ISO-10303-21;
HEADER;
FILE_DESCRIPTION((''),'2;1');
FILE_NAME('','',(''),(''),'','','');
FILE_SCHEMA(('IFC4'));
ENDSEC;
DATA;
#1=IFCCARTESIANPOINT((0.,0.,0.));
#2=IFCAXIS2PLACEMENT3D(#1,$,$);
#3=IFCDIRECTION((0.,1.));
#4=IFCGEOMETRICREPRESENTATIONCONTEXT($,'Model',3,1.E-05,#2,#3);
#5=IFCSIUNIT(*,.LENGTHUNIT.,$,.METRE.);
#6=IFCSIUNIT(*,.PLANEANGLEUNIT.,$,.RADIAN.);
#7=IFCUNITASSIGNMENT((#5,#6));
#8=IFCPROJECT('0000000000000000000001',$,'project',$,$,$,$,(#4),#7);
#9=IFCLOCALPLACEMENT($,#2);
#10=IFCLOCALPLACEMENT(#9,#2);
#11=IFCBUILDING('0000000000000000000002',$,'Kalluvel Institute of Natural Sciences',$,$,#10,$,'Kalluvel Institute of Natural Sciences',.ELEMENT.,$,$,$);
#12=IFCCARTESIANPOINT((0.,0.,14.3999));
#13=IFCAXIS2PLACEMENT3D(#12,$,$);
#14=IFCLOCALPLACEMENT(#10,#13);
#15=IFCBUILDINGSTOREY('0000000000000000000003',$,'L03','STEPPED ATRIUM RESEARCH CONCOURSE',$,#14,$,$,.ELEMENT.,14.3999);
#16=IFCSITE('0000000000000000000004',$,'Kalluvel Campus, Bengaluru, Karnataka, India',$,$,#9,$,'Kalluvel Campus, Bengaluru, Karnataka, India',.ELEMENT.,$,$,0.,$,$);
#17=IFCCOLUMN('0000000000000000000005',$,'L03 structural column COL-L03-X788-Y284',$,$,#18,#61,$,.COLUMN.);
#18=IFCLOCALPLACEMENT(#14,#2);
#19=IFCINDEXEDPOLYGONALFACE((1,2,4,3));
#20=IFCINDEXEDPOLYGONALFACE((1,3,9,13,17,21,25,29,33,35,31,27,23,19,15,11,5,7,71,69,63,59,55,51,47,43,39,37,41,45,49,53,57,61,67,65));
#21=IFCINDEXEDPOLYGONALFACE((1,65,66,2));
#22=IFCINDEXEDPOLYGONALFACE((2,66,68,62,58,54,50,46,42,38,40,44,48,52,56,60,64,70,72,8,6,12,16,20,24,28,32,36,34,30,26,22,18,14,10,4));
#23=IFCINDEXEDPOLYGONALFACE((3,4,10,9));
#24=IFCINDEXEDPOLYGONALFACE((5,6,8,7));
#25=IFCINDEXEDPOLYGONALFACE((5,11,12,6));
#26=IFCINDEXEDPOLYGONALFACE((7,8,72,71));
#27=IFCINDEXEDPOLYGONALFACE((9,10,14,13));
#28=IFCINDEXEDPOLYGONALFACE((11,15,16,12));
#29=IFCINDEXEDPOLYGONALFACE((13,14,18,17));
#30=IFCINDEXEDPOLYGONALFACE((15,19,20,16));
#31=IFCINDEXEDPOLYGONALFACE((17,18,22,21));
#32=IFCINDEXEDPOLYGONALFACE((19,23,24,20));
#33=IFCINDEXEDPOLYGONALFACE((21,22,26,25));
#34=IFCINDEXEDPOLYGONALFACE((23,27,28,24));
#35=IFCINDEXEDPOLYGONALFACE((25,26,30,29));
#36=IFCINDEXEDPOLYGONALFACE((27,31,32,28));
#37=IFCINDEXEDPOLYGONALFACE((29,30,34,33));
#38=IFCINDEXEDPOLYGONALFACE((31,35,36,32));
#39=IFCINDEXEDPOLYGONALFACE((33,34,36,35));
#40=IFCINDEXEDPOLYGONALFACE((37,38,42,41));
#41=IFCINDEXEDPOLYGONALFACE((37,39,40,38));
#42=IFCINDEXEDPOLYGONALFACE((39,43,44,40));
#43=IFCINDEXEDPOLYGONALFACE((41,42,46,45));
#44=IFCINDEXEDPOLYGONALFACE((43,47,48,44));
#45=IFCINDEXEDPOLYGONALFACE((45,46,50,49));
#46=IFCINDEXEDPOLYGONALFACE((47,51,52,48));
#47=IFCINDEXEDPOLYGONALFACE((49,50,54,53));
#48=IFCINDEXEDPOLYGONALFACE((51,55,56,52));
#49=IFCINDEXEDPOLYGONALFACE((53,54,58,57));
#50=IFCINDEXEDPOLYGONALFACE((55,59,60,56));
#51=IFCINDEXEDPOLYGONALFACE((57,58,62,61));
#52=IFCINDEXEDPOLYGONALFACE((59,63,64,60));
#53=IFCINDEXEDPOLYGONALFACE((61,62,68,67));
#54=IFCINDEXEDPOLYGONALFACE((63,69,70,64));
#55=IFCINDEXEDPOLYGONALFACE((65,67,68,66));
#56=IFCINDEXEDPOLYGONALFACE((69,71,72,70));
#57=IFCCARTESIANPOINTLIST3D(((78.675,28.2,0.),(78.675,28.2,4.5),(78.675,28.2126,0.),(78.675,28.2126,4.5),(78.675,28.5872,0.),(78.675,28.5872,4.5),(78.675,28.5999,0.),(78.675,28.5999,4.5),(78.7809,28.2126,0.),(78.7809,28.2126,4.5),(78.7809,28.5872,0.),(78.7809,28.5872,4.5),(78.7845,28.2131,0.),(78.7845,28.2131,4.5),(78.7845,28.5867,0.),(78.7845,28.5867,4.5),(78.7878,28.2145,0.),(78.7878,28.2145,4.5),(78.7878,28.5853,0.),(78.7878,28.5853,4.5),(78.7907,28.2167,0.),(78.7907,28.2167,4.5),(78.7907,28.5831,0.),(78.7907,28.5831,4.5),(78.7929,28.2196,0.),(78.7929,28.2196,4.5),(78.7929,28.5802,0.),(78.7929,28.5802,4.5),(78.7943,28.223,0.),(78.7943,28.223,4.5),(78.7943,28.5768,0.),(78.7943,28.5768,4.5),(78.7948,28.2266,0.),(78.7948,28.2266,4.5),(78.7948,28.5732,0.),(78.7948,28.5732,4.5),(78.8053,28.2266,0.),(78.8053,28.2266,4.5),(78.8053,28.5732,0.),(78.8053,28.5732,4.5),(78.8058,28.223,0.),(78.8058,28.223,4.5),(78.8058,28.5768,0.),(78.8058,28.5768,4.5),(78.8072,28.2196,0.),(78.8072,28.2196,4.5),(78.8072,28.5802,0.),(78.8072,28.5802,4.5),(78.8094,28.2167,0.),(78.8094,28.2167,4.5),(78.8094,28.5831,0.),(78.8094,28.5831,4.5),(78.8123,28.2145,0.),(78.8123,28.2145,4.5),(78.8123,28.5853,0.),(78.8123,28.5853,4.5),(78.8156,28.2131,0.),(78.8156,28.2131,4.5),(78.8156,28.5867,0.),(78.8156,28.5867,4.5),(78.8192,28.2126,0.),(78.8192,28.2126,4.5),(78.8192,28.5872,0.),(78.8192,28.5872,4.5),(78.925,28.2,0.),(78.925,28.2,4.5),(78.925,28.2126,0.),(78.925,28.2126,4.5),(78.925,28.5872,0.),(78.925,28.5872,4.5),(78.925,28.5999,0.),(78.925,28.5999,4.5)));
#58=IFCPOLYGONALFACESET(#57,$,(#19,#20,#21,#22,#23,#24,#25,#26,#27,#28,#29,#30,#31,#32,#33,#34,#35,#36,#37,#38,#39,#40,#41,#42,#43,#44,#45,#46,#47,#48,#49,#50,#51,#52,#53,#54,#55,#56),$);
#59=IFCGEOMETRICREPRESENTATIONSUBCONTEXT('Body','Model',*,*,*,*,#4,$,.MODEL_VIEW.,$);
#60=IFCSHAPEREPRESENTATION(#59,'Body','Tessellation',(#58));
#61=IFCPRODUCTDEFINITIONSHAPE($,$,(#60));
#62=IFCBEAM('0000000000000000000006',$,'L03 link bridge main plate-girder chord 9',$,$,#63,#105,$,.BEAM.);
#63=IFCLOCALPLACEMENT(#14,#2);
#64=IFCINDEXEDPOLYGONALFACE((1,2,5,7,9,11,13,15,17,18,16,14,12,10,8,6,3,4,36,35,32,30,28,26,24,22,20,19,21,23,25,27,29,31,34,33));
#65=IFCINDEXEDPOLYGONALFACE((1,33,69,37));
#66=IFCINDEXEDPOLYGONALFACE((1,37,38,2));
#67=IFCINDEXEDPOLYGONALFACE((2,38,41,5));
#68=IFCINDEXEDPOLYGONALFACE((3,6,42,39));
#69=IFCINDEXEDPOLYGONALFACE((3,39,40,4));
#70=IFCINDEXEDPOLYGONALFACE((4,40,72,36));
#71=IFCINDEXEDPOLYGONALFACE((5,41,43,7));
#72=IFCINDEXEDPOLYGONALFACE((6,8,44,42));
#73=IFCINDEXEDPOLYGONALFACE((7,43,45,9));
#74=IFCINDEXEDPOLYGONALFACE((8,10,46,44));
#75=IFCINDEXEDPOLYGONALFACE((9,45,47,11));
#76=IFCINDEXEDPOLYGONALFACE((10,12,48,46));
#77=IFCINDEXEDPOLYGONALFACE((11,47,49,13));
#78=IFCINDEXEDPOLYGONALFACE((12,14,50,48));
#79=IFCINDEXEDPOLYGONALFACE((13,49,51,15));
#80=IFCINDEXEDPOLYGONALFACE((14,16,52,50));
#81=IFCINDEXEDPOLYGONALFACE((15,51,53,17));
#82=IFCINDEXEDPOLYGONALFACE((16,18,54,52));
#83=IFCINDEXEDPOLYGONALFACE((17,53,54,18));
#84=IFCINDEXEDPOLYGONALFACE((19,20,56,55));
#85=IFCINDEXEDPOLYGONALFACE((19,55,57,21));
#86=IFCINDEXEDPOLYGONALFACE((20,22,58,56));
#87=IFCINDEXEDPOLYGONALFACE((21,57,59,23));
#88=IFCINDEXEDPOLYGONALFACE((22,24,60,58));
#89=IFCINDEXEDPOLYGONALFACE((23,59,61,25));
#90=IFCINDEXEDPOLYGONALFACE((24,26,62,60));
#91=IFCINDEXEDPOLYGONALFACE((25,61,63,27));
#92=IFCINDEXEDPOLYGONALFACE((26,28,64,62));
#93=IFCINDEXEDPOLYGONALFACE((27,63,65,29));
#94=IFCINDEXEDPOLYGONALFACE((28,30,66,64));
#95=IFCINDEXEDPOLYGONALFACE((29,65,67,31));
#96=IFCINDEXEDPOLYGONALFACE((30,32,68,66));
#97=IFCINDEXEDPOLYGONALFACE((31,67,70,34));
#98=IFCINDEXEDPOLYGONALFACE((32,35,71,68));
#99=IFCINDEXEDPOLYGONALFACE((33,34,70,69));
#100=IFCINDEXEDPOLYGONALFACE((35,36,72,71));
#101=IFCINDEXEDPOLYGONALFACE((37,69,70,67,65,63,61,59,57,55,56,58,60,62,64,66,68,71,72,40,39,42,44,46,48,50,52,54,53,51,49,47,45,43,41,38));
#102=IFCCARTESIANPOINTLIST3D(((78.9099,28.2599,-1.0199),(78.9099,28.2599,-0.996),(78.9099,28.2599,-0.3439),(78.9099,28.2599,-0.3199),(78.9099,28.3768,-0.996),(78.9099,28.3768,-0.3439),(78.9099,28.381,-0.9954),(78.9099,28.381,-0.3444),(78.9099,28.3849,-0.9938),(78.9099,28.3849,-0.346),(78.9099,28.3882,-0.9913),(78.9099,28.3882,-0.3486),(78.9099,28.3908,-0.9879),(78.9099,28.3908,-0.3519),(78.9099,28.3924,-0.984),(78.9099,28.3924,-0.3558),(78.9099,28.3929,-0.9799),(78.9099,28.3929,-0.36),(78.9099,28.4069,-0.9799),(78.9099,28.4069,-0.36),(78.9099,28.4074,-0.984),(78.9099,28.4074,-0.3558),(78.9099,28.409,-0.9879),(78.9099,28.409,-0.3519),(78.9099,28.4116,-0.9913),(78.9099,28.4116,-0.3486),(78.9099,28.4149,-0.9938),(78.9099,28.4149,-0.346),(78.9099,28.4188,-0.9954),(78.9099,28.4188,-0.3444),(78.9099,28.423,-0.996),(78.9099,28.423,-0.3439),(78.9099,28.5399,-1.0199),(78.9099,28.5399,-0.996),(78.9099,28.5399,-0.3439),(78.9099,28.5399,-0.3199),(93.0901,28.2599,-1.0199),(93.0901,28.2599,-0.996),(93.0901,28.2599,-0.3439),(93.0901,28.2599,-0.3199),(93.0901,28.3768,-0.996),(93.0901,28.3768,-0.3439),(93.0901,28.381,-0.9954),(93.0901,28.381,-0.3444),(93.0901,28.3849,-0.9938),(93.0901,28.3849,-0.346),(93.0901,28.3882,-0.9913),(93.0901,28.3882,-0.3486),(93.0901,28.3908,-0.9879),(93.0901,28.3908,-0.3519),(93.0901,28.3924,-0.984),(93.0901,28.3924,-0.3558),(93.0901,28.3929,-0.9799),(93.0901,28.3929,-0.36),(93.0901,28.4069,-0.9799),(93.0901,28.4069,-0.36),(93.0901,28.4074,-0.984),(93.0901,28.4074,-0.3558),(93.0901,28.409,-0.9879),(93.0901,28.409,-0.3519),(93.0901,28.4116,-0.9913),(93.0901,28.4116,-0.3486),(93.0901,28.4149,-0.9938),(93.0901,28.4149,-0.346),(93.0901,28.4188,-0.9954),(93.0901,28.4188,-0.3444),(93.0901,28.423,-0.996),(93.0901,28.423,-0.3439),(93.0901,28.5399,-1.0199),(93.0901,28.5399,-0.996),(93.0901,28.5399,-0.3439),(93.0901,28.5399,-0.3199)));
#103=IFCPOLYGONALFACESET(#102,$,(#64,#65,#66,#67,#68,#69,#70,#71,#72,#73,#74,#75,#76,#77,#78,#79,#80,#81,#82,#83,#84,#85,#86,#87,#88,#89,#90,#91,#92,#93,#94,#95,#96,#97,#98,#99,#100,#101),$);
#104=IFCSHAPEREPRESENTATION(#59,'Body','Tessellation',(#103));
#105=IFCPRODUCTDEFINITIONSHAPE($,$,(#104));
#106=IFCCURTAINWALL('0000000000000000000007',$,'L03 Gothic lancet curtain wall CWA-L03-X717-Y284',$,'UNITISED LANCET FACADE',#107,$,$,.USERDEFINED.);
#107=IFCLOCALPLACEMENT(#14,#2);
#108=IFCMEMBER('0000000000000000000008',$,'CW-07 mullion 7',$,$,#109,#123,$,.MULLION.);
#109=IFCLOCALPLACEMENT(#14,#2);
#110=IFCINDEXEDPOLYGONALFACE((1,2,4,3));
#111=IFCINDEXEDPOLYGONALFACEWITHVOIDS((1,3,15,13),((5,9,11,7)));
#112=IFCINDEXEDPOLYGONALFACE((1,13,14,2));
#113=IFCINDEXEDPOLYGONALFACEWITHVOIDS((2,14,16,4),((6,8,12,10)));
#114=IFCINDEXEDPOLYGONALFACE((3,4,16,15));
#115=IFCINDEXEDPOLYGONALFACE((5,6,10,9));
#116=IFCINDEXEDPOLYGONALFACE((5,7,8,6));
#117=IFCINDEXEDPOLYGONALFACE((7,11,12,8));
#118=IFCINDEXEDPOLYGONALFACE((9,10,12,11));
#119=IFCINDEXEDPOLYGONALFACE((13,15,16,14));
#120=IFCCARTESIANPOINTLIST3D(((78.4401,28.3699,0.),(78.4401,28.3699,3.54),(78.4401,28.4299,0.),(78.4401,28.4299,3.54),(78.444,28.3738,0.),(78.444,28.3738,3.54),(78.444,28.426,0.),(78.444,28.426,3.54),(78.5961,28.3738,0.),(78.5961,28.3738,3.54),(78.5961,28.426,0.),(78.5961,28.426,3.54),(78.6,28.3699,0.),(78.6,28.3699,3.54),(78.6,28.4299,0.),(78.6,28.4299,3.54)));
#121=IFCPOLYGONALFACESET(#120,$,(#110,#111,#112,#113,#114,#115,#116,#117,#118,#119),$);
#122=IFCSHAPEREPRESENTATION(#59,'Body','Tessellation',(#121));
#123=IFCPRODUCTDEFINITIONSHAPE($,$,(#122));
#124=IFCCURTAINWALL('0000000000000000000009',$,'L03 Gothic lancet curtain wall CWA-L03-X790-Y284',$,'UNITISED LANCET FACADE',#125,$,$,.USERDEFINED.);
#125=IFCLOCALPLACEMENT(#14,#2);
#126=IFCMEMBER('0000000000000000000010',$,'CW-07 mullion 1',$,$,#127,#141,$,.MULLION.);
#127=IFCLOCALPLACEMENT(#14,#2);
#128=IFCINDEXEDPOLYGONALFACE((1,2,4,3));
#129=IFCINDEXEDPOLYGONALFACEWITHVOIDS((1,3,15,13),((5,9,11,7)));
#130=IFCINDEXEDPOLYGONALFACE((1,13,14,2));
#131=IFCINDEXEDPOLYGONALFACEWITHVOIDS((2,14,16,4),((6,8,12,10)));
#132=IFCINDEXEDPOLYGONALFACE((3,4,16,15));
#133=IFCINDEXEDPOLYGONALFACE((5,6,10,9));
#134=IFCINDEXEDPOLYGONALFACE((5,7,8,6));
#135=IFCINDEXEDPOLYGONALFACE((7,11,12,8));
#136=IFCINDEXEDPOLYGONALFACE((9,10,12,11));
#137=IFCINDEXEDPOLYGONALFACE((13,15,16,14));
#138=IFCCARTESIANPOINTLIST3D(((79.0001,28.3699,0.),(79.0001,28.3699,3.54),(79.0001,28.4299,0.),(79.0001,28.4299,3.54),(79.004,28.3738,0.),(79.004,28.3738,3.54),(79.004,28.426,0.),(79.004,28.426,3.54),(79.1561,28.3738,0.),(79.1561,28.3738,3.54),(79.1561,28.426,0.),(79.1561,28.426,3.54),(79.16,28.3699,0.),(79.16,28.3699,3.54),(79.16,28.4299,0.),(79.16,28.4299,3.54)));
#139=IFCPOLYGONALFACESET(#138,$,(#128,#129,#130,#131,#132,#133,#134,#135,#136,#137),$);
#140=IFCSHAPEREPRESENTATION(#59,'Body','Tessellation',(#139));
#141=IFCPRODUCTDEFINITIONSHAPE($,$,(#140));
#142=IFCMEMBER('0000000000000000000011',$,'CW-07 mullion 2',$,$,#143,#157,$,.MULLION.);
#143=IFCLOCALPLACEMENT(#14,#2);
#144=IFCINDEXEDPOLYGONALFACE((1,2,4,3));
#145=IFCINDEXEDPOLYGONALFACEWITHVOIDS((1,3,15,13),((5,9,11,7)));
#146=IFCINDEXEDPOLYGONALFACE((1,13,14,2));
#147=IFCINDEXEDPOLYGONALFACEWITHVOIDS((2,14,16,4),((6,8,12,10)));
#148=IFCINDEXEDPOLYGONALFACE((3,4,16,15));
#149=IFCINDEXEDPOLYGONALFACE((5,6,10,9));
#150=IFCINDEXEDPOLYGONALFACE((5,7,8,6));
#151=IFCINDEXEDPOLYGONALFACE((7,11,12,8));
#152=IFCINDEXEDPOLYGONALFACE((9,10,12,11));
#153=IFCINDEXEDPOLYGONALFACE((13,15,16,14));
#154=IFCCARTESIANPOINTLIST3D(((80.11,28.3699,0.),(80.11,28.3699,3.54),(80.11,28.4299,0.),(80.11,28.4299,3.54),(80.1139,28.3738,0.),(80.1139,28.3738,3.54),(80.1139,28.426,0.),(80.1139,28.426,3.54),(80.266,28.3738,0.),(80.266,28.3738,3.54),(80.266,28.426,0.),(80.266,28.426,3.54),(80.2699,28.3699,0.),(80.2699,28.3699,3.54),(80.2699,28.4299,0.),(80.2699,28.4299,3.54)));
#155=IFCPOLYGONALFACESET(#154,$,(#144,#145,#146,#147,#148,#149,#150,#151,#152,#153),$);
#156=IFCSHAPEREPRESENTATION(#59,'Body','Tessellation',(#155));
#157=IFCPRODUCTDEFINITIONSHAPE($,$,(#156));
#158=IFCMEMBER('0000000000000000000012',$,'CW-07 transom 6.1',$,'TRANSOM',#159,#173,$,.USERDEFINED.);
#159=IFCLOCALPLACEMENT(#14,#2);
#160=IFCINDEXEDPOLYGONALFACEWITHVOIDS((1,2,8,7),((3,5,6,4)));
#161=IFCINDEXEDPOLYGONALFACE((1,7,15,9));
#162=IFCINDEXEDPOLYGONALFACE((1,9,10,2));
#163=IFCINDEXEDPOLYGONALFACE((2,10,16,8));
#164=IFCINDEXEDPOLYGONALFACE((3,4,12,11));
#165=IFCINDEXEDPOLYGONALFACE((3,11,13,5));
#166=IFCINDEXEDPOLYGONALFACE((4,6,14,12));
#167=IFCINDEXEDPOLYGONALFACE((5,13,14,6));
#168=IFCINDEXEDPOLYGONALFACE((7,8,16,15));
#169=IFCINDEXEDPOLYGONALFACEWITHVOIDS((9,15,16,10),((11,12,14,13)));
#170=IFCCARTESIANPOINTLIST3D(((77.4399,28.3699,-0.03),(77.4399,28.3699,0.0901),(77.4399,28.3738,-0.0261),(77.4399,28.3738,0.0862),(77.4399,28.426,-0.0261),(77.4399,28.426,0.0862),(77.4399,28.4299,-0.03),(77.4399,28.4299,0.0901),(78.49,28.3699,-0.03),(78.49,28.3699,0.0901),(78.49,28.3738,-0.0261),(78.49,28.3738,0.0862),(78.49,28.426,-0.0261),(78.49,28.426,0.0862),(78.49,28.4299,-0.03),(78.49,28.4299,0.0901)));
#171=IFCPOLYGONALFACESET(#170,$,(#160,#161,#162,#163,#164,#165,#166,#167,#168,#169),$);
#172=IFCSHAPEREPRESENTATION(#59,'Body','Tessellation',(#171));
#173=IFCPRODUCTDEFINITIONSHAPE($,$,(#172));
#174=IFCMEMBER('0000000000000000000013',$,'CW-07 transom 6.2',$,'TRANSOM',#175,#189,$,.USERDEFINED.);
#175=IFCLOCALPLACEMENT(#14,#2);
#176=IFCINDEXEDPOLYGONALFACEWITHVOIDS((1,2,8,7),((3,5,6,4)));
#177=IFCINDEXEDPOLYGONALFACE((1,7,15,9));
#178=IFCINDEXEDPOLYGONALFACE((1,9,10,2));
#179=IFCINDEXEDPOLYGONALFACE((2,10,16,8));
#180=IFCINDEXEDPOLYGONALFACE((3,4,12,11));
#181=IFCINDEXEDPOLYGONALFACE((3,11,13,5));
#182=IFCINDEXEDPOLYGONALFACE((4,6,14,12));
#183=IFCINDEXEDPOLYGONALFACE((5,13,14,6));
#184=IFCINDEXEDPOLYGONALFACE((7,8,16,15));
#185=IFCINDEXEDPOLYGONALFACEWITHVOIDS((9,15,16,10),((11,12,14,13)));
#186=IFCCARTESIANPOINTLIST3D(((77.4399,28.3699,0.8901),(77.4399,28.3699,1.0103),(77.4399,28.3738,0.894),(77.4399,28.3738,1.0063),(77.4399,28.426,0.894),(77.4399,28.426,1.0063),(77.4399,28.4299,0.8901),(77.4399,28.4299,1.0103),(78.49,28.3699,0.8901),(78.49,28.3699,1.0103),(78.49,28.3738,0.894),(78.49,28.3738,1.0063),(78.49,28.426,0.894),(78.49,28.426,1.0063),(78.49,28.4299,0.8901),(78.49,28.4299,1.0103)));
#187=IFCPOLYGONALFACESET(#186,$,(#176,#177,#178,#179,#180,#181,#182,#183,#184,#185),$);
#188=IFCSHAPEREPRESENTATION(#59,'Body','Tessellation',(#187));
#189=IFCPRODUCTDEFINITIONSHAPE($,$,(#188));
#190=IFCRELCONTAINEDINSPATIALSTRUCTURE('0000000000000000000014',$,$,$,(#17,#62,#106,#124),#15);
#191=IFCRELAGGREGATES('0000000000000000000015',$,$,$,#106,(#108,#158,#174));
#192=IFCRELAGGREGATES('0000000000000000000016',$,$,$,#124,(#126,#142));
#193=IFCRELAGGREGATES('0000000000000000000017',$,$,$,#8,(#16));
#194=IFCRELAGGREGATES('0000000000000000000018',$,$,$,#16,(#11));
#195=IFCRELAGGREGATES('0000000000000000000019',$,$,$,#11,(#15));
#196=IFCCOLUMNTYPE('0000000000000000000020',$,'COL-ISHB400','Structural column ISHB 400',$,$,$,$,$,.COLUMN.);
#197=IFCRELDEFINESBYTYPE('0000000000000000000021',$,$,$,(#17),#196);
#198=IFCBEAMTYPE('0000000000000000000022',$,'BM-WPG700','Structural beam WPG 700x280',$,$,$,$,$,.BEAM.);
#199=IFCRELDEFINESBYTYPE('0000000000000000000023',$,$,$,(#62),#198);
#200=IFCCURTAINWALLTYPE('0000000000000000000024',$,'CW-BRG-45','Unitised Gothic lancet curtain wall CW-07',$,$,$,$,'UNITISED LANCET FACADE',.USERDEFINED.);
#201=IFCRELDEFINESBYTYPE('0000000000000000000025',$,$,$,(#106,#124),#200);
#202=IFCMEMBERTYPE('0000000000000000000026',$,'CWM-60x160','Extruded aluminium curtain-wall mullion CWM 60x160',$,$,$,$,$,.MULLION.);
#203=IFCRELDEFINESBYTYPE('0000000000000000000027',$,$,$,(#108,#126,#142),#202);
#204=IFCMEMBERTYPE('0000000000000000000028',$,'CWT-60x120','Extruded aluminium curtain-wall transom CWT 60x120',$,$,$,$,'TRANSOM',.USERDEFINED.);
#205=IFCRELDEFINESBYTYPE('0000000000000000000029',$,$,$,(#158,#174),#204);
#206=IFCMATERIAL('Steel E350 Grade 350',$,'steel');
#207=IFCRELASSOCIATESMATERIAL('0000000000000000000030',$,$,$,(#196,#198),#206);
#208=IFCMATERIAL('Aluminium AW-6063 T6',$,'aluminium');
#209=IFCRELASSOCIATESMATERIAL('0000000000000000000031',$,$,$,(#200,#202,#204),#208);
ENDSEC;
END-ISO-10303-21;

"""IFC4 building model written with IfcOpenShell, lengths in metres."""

from ifc_helpers import new_model, si_unit, direction, frame, origin, origin_2d, place, context, subcontext, project, spatial, hollow_rectangle, i_section, extrude, material, material_profile, profile_set, type_object, element, aggregate, save


model = new_model("IFC4")

# Units and contexts
model_context = context("Model", 3, precision=1e-05, world=origin(), true_north=direction((0.0, 1.0)))
body_context = subcontext(model_context, "Body", "Model", "MODEL_VIEW")
ifc_project = project(units=[si_unit("LENGTHUNIT", "METRE"), si_unit("PLANEANGLEUNIT", "RADIAN")], contexts=[model_context])

# Site, building, storey
site_placement = place(None, origin())
site = spatial("IfcSite", under=ifc_project, at=site_placement, Name="Kalluvel Campus, Bengaluru, Karnataka, India", LongName="Kalluvel Campus, Bengaluru, Karnataka, India", CompositionType="ELEMENT", RefElevation=0.0)
building_placement = place(site_placement, origin())
building = spatial("IfcBuilding", under=site, at=building_placement, Name="Kalluvel Institute of Natural Sciences", LongName="Kalluvel Institute of Natural Sciences", CompositionType="ELEMENT")
storey_placement = place(building_placement, frame((0.0, 0.0, 14.3999)))
storey = spatial("IfcBuildingStorey", under=building, at=storey_placement, Name="L03", Description="STEPPED ATRIUM RESEARCH CONCOURSE", CompositionType="ELEMENT", Elevation=14.3999)

# Column
ifc_material_1 = material(Name="Steel E350 Grade 350", Category="steel")
ifc_material_profile_1 = material_profile(ifc_material_1, i_section(OverallWidth=0.25, OverallDepth=0.3999, WebThickness=0.0105, FlangeThickness=0.0127, FilletRadius=0.0139, at=origin_2d()), Name="ISHB 400")
ifc_profile_set_1 = profile_set([ifc_material_profile_1], Name="Steel E350 Grade 350")
column_type = type_object("IfcColumnType", Name="COL-ISHB400", Description="Structural column ISHB 400", PredefinedType="COLUMN", material=ifc_profile_set_1)
column_placement = place(storey_placement, frame((78.8, 28.3999, 0.0), z_axis=(0.0, 0.0, 1.0), x_axis=(1.0, 0.0, 0.0)))
element("IfcColumn", 1, at=column_placement, inside=storey, type_object=column_type, Name="L03 structural column COL-L03-X788-Y284", PredefinedType="COLUMN", context=body_context, shape_type="SweptSolid", body=[
    extrude(i_section(OverallWidth=0.25, OverallDepth=0.3999, WebThickness=0.0105, FlangeThickness=0.0127, FilletRadius=0.0139, at=origin_2d()), origin(), (0.0, 0.0, 1.0), 4.5),
])

# Beam
ifc_material_profile_2 = material_profile(ifc_material_1, i_section(OverallWidth=0.28, OverallDepth=0.7, WebThickness=0.0139, FlangeThickness=0.0239, FilletRadius=0.0161, at=origin_2d()), Name="WPG 700x280")
ifc_profile_set_2 = profile_set([ifc_material_profile_2], Name="Steel E350 Grade 350")
beam_type = type_object("IfcBeamType", Name="BM-WPG700", Description="Structural beam WPG 700x280", PredefinedType="BEAM", material=ifc_profile_set_2)
beam_placement = place(storey_placement, frame((78.9099, 28.3999, -0.6699), z_axis=(1.0, 0.0, 0.0), x_axis=(0.0, 1.0, 0.0)))
element("IfcBeam", 2, at=beam_placement, inside=storey, type_object=beam_type, Name="L03 link bridge main plate-girder chord 9", PredefinedType="BEAM", context=body_context, shape_type="SweptSolid", body=[
    extrude(i_section(OverallWidth=0.28, OverallDepth=0.7, WebThickness=0.0139, FlangeThickness=0.0239, FilletRadius=0.0161, at=origin_2d()), origin(), (0.0, 0.0, 1.0), 14.1802),
])

# Curtain wall, member
ifc_material_2 = material(Name="Aluminium AW-6063 T6", Category="aluminium")
curtain_wall_type = type_object("IfcCurtainWallType", Name="CW-BRG-45", Description="Unitised Gothic lancet curtain wall CW-07", ElementType="UNITISED LANCET FACADE", PredefinedType="USERDEFINED", material=ifc_material_2)
curtain_wall_1_placement = place(storey_placement, origin())
curtain_wall_1 = element("IfcCurtainWall", 3, at=curtain_wall_1_placement, inside=storey, type_object=curtain_wall_type, Name="L03 Gothic lancet curtain wall CWA-L03-X717-Y284", ObjectType="UNITISED LANCET FACADE", PredefinedType="USERDEFINED")
ifc_material_profile_3 = material_profile(ifc_material_2, hollow_rectangle(XDim=0.0601, YDim=0.1599, WallThickness=0.0039, at=origin_2d()), Name="CWM 60x160")
ifc_profile_set_3 = profile_set([ifc_material_profile_3], Name="Aluminium AW-6063 T6")
member_type_1 = type_object("IfcMemberType", Name="CWM-60x160", Description="Extruded aluminium curtain-wall mullion CWM 60x160", PredefinedType="MULLION", material=ifc_profile_set_3)
member_1_placement = place(storey_placement, frame((78.52, 28.3999, 0.0), z_axis=(0.0, 0.0, 1.0), x_axis=(0.0, 1.0, 0.0)))
member_1 = element("IfcMember", 4, at=member_1_placement, type_object=member_type_1, Name="CW-07 mullion 7", PredefinedType="MULLION", context=body_context, shape_type="SweptSolid", body=[
    extrude(hollow_rectangle(XDim=0.0601, YDim=0.1599, WallThickness=0.0039, at=origin_2d()), origin(), (0.0, 0.0, 1.0), 3.54),
])

# Curtain wall, members
curtain_wall_2_placement = place(storey_placement, origin())
curtain_wall_2 = element("IfcCurtainWall", 5, at=curtain_wall_2_placement, inside=storey, type_object=curtain_wall_type, Name="L03 Gothic lancet curtain wall CWA-L03-X790-Y284", ObjectType="UNITISED LANCET FACADE", PredefinedType="USERDEFINED")
member_2_placement = place(storey_placement, frame((79.0801, 28.3999, 0.0), z_axis=(0.0, 0.0, 1.0), x_axis=(0.0, 1.0, 0.0)))
member_2 = element("IfcMember", 6, at=member_2_placement, type_object=member_type_1, Name="CW-07 mullion 1", PredefinedType="MULLION", context=body_context, shape_type="SweptSolid", body=[
    extrude(hollow_rectangle(XDim=0.0601, YDim=0.1599, WallThickness=0.0039, at=origin_2d()), origin(), (0.0, 0.0, 1.0), 3.54),
])
member_3_placement = place(storey_placement, frame((80.1899, 28.3999, 0.0), z_axis=(0.0, 0.0, 1.0), x_axis=(0.0, 1.0, 0.0)))
member_3 = element("IfcMember", 7, at=member_3_placement, type_object=member_type_1, Name="CW-07 mullion 2", PredefinedType="MULLION", context=body_context, shape_type="SweptSolid", body=[
    extrude(hollow_rectangle(XDim=0.0601, YDim=0.1599, WallThickness=0.0039, at=origin_2d()), origin(), (0.0, 0.0, 1.0), 3.54),
])

# Members
ifc_material_profile_4 = material_profile(ifc_material_2, hollow_rectangle(XDim=0.0601, YDim=0.1201, WallThickness=0.0039, at=origin_2d()), Name="CWT 60x120")
ifc_profile_set_4 = profile_set([ifc_material_profile_4], Name="Aluminium AW-6063 T6")
member_type_2 = type_object("IfcMemberType", Name="CWT-60x120", Description="Extruded aluminium curtain-wall transom CWT 60x120", ElementType="TRANSOM", PredefinedType="USERDEFINED", material=ifc_profile_set_4)
member_4_placement = place(storey_placement, frame((77.4399, 28.3999, 0.03), z_axis=(1.0, 0.0, 0.0), x_axis=(0.0, 1.0, 0.0)))
member_4 = element("IfcMember", 8, at=member_4_placement, type_object=member_type_2, Name="CW-07 transom 6.1", ObjectType="TRANSOM", PredefinedType="USERDEFINED", context=body_context, shape_type="SweptSolid", body=[
    extrude(hollow_rectangle(XDim=0.0601, YDim=0.1201, WallThickness=0.0039, at=origin_2d()), origin(), (0.0, 0.0, 1.0), 1.05),
])
member_5_placement = place(storey_placement, frame((77.4399, 28.3999, 0.9502), z_axis=(1.0, 0.0, 0.0), x_axis=(0.0, 1.0, 0.0)))
member_5 = element("IfcMember", 9, at=member_5_placement, type_object=member_type_2, Name="CW-07 transom 6.2", ObjectType="TRANSOM", PredefinedType="USERDEFINED", context=body_context, shape_type="SweptSolid", body=[
    extrude(hollow_rectangle(XDim=0.0601, YDim=0.1201, WallThickness=0.0039, at=origin_2d()), origin(), (0.0, 0.0, 1.0), 1.05),
])

aggregate(curtain_wall_1, [member_1, member_4, member_5])
aggregate(curtain_wall_2, [member_2, member_3])

save(model, "model.ifc")
